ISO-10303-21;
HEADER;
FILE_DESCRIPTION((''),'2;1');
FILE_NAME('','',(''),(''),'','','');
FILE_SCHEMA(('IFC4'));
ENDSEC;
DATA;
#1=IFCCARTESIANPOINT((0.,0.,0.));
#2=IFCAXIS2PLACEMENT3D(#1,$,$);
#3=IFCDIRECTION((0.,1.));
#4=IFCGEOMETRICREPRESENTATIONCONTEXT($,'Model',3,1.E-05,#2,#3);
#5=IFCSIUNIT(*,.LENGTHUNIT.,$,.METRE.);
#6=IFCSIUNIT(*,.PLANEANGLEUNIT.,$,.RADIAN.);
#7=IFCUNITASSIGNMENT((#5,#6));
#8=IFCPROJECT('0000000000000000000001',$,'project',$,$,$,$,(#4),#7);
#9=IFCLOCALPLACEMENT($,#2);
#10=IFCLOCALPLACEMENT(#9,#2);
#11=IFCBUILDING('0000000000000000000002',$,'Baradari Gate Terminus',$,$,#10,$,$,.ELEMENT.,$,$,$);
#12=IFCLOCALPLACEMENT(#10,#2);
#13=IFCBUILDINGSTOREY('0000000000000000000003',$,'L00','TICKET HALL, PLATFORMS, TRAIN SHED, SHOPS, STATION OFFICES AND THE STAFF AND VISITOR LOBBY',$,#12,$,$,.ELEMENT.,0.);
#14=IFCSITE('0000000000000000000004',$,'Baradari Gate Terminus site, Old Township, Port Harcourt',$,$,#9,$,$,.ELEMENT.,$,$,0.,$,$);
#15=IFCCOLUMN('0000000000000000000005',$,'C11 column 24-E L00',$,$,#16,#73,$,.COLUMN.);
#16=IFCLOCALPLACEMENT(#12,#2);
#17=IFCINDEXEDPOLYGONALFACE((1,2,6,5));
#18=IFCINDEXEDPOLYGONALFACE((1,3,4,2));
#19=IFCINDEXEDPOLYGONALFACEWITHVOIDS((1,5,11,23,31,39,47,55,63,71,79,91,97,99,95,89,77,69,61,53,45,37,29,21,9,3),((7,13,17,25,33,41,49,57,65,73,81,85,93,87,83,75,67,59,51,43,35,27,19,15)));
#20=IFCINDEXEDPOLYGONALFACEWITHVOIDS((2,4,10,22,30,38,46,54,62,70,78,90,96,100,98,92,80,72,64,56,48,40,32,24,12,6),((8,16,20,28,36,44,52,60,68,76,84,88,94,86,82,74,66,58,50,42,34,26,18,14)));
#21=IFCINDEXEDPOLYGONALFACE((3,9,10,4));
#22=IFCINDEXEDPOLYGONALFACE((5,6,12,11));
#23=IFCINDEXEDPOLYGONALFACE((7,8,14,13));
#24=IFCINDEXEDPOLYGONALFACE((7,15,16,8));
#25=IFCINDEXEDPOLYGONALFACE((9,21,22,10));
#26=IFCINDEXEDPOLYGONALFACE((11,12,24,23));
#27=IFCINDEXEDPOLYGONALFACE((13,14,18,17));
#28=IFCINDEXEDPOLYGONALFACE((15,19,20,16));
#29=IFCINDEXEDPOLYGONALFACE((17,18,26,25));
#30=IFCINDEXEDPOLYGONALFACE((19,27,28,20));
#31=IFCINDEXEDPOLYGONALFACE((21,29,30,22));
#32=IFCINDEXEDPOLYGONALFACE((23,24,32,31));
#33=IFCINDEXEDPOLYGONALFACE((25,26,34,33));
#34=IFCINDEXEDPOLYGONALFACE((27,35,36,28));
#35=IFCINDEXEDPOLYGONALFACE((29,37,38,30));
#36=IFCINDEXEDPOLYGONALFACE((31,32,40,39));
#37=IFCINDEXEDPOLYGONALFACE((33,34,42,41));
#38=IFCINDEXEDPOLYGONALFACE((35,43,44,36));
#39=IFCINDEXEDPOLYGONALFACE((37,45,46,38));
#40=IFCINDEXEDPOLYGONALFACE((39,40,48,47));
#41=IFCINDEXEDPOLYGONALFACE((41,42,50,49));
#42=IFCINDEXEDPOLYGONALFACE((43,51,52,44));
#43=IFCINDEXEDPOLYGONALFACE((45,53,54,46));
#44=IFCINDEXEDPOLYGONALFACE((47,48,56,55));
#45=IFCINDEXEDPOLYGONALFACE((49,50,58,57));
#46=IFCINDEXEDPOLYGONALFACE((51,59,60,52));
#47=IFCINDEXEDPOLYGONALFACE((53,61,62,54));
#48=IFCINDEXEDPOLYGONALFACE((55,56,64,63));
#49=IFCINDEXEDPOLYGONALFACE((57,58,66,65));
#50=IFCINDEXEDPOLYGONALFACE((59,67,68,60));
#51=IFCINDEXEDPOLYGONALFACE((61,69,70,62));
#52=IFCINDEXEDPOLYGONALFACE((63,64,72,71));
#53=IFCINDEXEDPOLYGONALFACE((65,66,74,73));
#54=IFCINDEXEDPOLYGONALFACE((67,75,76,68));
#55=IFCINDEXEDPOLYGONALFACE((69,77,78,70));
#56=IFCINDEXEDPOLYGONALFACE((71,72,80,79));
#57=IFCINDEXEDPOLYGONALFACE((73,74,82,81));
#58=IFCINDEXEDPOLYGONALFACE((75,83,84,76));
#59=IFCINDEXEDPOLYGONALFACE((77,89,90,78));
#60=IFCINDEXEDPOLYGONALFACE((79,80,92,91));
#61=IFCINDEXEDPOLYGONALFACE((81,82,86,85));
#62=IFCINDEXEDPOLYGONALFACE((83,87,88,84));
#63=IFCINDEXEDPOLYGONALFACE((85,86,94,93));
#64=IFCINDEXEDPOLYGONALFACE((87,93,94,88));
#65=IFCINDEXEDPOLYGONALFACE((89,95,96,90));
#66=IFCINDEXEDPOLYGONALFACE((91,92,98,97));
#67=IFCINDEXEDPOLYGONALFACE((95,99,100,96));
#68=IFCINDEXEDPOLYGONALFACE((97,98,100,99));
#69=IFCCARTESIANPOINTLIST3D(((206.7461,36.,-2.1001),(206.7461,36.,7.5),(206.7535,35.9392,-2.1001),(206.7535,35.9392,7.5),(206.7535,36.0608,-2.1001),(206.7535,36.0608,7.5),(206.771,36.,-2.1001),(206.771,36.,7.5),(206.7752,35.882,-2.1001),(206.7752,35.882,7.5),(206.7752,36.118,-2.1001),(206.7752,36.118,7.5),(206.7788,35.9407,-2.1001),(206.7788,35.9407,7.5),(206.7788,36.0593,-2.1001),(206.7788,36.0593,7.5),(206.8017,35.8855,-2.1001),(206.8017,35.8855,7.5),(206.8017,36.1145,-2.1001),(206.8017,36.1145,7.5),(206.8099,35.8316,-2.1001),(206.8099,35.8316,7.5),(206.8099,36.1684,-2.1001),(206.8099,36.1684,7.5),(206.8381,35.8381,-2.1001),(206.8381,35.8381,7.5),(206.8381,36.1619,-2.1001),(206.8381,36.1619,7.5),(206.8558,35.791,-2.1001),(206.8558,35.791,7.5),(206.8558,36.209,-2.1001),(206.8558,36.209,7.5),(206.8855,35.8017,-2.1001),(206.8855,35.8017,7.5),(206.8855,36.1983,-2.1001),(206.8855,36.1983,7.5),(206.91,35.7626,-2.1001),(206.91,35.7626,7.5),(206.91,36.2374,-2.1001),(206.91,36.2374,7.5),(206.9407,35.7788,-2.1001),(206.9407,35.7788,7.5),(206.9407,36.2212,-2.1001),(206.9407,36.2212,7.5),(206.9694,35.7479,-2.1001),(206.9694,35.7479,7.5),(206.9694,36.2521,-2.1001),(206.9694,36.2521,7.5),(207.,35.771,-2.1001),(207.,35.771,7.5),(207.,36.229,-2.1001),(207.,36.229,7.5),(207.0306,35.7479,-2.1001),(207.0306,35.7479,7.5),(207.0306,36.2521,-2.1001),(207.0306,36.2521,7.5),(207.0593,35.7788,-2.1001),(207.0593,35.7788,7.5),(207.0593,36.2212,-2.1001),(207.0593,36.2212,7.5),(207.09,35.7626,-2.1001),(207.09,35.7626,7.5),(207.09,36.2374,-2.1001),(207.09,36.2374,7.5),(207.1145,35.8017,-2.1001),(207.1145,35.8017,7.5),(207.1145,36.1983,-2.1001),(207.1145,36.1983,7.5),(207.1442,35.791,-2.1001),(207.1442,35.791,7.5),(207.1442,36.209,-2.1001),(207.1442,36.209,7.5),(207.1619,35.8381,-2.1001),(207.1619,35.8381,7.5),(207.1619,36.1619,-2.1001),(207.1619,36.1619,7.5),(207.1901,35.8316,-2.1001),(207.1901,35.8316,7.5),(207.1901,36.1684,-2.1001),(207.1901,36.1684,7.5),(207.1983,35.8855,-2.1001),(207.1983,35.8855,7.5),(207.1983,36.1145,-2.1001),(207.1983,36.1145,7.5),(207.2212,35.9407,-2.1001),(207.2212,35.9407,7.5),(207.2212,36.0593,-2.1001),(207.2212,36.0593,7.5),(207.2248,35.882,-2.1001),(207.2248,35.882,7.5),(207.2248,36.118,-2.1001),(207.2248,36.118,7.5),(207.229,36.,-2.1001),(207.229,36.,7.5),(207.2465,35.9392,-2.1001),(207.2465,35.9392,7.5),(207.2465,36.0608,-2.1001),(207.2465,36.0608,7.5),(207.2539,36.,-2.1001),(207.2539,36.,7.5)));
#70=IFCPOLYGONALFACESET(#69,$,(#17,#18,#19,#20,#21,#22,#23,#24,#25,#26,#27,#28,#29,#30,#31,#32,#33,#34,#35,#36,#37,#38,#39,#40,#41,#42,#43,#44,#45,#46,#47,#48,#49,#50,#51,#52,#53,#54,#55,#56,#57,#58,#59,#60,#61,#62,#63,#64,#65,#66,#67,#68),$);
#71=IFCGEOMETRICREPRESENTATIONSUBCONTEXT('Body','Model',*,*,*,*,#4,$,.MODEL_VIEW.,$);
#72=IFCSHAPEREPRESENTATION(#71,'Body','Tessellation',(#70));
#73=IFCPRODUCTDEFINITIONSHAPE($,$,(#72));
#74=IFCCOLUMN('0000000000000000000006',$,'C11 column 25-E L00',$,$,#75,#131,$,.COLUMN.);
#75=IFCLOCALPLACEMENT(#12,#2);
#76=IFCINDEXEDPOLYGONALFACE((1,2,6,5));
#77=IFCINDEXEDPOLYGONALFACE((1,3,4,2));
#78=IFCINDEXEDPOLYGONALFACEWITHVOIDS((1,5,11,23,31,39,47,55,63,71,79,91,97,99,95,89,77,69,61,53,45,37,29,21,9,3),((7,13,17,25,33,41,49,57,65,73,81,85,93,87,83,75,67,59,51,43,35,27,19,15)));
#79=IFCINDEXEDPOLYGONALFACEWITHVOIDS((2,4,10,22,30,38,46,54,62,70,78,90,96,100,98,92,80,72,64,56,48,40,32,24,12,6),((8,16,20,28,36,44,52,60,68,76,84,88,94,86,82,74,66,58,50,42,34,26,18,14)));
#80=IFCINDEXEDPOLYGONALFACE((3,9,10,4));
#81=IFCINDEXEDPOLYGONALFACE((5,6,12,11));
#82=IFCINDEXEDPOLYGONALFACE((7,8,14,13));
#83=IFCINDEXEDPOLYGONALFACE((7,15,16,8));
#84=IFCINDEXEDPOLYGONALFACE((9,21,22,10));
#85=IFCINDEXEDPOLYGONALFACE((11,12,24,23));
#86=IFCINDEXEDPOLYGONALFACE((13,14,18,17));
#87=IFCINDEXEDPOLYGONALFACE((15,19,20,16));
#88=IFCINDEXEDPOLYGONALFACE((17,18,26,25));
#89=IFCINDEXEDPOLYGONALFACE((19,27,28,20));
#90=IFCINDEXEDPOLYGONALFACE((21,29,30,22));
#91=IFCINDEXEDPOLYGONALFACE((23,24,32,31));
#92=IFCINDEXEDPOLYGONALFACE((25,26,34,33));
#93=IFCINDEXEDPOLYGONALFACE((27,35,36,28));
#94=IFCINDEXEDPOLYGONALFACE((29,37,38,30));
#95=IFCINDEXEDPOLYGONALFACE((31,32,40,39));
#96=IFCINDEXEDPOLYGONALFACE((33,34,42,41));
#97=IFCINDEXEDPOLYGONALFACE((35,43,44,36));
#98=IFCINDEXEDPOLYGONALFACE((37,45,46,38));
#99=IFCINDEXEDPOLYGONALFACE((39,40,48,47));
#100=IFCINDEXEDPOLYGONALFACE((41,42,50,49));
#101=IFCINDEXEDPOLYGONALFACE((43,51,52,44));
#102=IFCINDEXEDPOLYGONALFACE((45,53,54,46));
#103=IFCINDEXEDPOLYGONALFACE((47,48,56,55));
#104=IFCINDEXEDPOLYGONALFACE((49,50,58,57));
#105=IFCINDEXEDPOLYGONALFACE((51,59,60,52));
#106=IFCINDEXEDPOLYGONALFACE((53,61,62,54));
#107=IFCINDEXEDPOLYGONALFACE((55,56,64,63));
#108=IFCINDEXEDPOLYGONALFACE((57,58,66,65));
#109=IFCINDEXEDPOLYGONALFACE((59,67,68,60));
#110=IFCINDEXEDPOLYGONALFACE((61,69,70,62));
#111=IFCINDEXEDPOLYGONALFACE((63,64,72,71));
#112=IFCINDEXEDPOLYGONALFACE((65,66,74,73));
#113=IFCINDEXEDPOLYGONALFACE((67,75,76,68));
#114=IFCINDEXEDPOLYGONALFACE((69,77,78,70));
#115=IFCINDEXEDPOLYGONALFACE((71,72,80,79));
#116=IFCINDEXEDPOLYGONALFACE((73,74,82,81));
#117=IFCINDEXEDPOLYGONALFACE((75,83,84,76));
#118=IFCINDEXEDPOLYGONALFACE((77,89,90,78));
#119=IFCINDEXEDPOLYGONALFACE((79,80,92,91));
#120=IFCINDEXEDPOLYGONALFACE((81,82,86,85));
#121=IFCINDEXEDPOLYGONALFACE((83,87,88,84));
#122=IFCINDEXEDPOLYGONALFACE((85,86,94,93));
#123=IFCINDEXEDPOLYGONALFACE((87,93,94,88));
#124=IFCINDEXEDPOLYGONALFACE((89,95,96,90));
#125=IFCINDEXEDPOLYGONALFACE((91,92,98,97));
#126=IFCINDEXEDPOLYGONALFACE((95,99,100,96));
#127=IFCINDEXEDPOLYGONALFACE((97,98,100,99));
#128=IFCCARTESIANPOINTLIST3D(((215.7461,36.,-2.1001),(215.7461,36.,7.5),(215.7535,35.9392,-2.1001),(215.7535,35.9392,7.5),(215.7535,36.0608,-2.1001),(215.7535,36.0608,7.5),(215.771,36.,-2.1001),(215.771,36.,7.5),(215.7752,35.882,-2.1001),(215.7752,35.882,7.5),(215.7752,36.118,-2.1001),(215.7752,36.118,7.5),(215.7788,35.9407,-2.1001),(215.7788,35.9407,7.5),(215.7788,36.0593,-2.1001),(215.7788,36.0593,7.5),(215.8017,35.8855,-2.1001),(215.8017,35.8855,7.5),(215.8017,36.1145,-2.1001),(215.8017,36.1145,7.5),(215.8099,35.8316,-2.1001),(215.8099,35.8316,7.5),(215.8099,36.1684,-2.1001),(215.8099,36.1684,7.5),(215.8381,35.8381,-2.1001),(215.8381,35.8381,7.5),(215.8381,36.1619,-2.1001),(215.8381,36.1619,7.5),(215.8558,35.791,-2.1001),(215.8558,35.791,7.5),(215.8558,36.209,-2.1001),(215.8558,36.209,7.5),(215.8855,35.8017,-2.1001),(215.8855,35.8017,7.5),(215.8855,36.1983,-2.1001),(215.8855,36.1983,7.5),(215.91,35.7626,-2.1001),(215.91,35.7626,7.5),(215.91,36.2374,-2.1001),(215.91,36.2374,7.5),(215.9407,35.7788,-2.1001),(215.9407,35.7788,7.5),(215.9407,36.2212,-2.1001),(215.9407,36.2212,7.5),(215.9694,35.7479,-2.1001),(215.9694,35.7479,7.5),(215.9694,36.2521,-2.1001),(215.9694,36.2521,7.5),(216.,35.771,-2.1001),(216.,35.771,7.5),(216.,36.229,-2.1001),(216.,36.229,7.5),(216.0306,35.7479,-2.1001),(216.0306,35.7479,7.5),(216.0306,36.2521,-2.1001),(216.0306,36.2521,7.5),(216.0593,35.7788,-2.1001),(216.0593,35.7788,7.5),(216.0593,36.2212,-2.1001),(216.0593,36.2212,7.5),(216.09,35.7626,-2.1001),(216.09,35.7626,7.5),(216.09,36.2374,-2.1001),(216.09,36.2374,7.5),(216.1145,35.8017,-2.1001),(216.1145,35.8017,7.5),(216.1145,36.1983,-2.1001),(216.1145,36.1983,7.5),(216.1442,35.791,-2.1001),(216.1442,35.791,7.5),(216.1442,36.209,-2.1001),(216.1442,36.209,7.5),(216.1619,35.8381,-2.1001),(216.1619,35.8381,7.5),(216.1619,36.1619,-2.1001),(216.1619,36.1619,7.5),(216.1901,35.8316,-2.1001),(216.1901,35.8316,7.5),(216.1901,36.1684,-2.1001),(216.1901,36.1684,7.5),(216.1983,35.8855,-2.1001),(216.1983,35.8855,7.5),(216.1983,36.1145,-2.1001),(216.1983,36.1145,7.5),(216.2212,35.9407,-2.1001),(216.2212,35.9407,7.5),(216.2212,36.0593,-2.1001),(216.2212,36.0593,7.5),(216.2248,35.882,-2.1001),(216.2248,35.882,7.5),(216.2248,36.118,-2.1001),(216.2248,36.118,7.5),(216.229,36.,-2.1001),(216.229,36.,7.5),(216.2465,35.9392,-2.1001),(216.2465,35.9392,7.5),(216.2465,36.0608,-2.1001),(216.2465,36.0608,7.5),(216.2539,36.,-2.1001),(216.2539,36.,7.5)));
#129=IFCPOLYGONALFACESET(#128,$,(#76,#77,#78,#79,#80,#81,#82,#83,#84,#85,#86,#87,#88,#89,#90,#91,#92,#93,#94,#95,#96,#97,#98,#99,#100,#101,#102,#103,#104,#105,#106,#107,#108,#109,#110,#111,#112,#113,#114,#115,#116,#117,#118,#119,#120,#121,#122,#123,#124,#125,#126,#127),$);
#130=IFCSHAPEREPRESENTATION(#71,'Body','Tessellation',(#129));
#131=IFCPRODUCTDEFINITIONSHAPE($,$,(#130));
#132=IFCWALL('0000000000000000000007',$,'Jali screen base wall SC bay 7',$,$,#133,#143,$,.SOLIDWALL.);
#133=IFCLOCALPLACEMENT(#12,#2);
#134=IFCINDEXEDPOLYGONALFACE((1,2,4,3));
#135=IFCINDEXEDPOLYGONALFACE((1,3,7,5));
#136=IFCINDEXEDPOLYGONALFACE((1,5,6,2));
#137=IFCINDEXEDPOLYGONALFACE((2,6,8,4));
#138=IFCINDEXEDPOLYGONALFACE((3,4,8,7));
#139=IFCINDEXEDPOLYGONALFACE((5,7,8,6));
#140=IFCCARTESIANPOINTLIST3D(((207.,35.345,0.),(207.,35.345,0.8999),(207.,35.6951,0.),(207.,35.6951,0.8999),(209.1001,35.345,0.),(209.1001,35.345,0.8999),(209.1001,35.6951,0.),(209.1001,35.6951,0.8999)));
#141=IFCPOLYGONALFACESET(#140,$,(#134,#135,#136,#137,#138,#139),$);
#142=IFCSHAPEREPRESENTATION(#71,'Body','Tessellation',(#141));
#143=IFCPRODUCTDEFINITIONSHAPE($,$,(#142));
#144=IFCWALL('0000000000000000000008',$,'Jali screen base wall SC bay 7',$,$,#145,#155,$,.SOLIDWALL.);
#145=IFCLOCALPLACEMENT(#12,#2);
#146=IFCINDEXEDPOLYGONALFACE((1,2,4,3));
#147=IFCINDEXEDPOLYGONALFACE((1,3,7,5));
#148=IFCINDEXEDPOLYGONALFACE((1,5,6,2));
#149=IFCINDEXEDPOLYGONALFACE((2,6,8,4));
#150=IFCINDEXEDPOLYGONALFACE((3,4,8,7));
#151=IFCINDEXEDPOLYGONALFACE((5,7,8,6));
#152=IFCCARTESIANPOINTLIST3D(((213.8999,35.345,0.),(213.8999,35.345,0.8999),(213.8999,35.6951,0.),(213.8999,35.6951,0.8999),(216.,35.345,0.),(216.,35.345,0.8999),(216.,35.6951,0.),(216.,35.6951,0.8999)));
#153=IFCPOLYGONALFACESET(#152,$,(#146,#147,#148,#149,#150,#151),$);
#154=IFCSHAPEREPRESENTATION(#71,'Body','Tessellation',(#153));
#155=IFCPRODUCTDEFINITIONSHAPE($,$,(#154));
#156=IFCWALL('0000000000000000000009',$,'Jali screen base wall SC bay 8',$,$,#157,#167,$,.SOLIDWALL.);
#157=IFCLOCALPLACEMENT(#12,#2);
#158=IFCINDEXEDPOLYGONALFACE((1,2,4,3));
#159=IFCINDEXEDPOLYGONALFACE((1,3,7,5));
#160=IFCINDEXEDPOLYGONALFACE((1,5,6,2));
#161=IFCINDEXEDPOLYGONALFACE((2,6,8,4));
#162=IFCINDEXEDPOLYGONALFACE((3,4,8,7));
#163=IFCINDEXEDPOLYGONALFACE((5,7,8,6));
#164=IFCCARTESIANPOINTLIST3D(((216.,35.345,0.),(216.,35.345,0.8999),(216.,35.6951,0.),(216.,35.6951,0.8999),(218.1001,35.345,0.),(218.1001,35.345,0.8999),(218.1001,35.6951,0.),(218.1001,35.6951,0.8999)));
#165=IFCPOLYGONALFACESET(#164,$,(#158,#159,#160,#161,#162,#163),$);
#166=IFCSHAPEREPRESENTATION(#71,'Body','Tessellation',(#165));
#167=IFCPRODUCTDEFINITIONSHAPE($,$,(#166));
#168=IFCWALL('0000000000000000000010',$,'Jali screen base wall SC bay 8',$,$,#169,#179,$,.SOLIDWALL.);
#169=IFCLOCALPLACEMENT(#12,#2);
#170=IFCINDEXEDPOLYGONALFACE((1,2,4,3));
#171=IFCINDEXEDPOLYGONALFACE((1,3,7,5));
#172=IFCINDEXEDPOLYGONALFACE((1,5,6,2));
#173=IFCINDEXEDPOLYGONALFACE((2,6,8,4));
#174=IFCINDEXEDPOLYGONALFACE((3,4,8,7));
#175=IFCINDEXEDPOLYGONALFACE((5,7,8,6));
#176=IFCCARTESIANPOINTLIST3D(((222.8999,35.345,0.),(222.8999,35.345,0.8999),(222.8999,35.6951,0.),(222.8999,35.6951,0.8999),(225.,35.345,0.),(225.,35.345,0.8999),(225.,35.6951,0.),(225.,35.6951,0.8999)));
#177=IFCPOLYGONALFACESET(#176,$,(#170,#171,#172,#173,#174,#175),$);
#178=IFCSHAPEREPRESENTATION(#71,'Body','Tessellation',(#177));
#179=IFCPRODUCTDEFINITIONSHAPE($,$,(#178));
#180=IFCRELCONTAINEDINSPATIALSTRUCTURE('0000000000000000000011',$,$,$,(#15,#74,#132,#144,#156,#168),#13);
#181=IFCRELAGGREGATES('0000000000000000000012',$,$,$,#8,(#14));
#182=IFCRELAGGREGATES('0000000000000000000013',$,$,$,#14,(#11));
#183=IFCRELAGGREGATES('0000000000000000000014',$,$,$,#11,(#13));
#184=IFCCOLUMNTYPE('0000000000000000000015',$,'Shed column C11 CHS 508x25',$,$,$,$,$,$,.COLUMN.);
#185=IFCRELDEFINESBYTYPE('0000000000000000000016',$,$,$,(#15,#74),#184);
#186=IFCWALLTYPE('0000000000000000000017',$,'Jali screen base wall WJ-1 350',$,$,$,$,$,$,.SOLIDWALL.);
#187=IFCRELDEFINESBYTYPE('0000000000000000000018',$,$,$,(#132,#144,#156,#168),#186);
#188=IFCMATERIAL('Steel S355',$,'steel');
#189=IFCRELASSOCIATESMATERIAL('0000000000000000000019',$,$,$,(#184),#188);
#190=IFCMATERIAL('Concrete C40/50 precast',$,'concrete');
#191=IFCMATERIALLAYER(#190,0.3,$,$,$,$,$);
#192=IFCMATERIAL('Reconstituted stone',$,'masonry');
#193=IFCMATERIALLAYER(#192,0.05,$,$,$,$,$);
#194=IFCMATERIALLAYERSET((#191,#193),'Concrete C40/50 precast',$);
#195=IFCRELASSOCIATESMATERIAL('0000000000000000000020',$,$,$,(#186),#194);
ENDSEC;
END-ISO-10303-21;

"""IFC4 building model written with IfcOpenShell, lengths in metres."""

from ifc_helpers import new_model, si_unit, direction, frame, frame_2d, origin, origin_2d, place, context, subcontext, project, spatial, rectangle, hollow_circle, extrude, material, layer, layer_set, material_profile, profile_set, type_object, element, save


model = new_model("IFC4")

# Units and contexts
model_context = context("Model", 3, precision=1e-05, world=origin(), true_north=direction((0.0, 1.0)))
body_context = subcontext(model_context, "Body", "Model", "MODEL_VIEW")
ifc_project = project(units=[si_unit("LENGTHUNIT", "METRE"), si_unit("PLANEANGLEUNIT", "RADIAN")], contexts=[model_context])

# Site, building, storey
site_placement = place(None, origin())
site = spatial("IfcSite", under=ifc_project, at=site_placement, Name="Baradari Gate Terminus site, Old Township, Port Harcourt", CompositionType="ELEMENT", RefElevation=0.0)
building_placement = place(site_placement, origin())
building = spatial("IfcBuilding", under=site, at=building_placement, Name="Baradari Gate Terminus", CompositionType="ELEMENT")
storey_placement = place(building_placement, origin())
storey = spatial("IfcBuildingStorey", under=building, at=storey_placement, Name="L00", Description="TICKET HALL, PLATFORMS, TRAIN SHED, SHOPS, STATION OFFICES AND THE STAFF AND VISITOR LOBBY", CompositionType="ELEMENT", Elevation=0.0)

# Columns
ifc_material_1 = material(Name="Steel S355", Category="steel")
ifc_material_profile = material_profile(ifc_material_1, hollow_circle(Radius=0.2539, WallThickness=0.0249, at=origin_2d()), Name="CHS 508x25")
ifc_profile_set = profile_set([ifc_material_profile], Name="Steel S355")
column_type = type_object("IfcColumnType", Name="Shed column C11 CHS 508x25", PredefinedType="COLUMN", material=ifc_profile_set)
for number, where, z_axis, x_axis, name in (
    (1, (207.0, 36.0, -2.1001), (0.0, 0.0, 1.0), (1.0, 0.0, 0.0), "C11 column 24-E L00"),
    (2, (216.0, 36.0, -2.1001), (0.0, 0.0, 1.0), (1.0, 0.0, 0.0), "C11 column 25-E L00"),
):
    element("IfcColumn", number, at=place(storey_placement, frame(where, z_axis=z_axis, x_axis=x_axis)), inside=storey, type_object=column_type, Name=name, PredefinedType="COLUMN", context=body_context, shape_type="SweptSolid", body=[
        extrude(hollow_circle(Radius=0.2539, WallThickness=0.0249, at=origin_2d()), origin(), (0.0, 0.0, 1.0), 9.6001),
    ])

# Walls
ifc_material_2 = material(Name="Concrete C40/50 precast", Category="concrete")
ifc_layer_1 = layer(ifc_material_2, 0.3)
ifc_material_3 = material(Name="Reconstituted stone", Category="masonry")
ifc_layer_2 = layer(ifc_material_3, 0.05)
ifc_layer_set_1 = layer_set([ifc_layer_1, ifc_layer_2], Name="Concrete C40/50 precast")
wall_type_1 = type_object("IfcWallType", Name="Jali screen base wall WJ-1 350", PredefinedType="SOLIDWALL", material=ifc_layer_set_1)
for number, where, z_axis, x_axis, name in (
    (3, (207.0, 35.52, 0.0), (0.0, 0.0, 1.0), (1.0, 0.0, 0.0), "Jali screen base wall SC bay 7"),
    (4, (213.8999, 35.52, 0.0), (0.0, 0.0, 1.0), (1.0, 0.0, 0.0), "Jali screen base wall SC bay 7"),
    (5, (216.0, 35.52, 0.0), (0.0, 0.0, 1.0), (1.0, 0.0, 0.0), "Jali screen base wall SC bay 8"),
    (6, (222.8999, 35.52, 0.0), (0.0, 0.0, 1.0), (1.0, 0.0, 0.0), "Jali screen base wall SC bay 8"),
):
    element("IfcWall", number, at=place(storey_placement, frame(where, z_axis=z_axis, x_axis=x_axis)), inside=storey, type_object=wall_type_1, Name=name, PredefinedType="SOLIDWALL", context=body_context, shape_type="SweptSolid", body=[
        extrude(rectangle(XDim=2.1001, YDim=0.3501, at=frame_2d((1.05, 0.0))), origin(), (0.0, 0.0, 1.0), 0.8999),
    ])

save(model, "model.ifc")
